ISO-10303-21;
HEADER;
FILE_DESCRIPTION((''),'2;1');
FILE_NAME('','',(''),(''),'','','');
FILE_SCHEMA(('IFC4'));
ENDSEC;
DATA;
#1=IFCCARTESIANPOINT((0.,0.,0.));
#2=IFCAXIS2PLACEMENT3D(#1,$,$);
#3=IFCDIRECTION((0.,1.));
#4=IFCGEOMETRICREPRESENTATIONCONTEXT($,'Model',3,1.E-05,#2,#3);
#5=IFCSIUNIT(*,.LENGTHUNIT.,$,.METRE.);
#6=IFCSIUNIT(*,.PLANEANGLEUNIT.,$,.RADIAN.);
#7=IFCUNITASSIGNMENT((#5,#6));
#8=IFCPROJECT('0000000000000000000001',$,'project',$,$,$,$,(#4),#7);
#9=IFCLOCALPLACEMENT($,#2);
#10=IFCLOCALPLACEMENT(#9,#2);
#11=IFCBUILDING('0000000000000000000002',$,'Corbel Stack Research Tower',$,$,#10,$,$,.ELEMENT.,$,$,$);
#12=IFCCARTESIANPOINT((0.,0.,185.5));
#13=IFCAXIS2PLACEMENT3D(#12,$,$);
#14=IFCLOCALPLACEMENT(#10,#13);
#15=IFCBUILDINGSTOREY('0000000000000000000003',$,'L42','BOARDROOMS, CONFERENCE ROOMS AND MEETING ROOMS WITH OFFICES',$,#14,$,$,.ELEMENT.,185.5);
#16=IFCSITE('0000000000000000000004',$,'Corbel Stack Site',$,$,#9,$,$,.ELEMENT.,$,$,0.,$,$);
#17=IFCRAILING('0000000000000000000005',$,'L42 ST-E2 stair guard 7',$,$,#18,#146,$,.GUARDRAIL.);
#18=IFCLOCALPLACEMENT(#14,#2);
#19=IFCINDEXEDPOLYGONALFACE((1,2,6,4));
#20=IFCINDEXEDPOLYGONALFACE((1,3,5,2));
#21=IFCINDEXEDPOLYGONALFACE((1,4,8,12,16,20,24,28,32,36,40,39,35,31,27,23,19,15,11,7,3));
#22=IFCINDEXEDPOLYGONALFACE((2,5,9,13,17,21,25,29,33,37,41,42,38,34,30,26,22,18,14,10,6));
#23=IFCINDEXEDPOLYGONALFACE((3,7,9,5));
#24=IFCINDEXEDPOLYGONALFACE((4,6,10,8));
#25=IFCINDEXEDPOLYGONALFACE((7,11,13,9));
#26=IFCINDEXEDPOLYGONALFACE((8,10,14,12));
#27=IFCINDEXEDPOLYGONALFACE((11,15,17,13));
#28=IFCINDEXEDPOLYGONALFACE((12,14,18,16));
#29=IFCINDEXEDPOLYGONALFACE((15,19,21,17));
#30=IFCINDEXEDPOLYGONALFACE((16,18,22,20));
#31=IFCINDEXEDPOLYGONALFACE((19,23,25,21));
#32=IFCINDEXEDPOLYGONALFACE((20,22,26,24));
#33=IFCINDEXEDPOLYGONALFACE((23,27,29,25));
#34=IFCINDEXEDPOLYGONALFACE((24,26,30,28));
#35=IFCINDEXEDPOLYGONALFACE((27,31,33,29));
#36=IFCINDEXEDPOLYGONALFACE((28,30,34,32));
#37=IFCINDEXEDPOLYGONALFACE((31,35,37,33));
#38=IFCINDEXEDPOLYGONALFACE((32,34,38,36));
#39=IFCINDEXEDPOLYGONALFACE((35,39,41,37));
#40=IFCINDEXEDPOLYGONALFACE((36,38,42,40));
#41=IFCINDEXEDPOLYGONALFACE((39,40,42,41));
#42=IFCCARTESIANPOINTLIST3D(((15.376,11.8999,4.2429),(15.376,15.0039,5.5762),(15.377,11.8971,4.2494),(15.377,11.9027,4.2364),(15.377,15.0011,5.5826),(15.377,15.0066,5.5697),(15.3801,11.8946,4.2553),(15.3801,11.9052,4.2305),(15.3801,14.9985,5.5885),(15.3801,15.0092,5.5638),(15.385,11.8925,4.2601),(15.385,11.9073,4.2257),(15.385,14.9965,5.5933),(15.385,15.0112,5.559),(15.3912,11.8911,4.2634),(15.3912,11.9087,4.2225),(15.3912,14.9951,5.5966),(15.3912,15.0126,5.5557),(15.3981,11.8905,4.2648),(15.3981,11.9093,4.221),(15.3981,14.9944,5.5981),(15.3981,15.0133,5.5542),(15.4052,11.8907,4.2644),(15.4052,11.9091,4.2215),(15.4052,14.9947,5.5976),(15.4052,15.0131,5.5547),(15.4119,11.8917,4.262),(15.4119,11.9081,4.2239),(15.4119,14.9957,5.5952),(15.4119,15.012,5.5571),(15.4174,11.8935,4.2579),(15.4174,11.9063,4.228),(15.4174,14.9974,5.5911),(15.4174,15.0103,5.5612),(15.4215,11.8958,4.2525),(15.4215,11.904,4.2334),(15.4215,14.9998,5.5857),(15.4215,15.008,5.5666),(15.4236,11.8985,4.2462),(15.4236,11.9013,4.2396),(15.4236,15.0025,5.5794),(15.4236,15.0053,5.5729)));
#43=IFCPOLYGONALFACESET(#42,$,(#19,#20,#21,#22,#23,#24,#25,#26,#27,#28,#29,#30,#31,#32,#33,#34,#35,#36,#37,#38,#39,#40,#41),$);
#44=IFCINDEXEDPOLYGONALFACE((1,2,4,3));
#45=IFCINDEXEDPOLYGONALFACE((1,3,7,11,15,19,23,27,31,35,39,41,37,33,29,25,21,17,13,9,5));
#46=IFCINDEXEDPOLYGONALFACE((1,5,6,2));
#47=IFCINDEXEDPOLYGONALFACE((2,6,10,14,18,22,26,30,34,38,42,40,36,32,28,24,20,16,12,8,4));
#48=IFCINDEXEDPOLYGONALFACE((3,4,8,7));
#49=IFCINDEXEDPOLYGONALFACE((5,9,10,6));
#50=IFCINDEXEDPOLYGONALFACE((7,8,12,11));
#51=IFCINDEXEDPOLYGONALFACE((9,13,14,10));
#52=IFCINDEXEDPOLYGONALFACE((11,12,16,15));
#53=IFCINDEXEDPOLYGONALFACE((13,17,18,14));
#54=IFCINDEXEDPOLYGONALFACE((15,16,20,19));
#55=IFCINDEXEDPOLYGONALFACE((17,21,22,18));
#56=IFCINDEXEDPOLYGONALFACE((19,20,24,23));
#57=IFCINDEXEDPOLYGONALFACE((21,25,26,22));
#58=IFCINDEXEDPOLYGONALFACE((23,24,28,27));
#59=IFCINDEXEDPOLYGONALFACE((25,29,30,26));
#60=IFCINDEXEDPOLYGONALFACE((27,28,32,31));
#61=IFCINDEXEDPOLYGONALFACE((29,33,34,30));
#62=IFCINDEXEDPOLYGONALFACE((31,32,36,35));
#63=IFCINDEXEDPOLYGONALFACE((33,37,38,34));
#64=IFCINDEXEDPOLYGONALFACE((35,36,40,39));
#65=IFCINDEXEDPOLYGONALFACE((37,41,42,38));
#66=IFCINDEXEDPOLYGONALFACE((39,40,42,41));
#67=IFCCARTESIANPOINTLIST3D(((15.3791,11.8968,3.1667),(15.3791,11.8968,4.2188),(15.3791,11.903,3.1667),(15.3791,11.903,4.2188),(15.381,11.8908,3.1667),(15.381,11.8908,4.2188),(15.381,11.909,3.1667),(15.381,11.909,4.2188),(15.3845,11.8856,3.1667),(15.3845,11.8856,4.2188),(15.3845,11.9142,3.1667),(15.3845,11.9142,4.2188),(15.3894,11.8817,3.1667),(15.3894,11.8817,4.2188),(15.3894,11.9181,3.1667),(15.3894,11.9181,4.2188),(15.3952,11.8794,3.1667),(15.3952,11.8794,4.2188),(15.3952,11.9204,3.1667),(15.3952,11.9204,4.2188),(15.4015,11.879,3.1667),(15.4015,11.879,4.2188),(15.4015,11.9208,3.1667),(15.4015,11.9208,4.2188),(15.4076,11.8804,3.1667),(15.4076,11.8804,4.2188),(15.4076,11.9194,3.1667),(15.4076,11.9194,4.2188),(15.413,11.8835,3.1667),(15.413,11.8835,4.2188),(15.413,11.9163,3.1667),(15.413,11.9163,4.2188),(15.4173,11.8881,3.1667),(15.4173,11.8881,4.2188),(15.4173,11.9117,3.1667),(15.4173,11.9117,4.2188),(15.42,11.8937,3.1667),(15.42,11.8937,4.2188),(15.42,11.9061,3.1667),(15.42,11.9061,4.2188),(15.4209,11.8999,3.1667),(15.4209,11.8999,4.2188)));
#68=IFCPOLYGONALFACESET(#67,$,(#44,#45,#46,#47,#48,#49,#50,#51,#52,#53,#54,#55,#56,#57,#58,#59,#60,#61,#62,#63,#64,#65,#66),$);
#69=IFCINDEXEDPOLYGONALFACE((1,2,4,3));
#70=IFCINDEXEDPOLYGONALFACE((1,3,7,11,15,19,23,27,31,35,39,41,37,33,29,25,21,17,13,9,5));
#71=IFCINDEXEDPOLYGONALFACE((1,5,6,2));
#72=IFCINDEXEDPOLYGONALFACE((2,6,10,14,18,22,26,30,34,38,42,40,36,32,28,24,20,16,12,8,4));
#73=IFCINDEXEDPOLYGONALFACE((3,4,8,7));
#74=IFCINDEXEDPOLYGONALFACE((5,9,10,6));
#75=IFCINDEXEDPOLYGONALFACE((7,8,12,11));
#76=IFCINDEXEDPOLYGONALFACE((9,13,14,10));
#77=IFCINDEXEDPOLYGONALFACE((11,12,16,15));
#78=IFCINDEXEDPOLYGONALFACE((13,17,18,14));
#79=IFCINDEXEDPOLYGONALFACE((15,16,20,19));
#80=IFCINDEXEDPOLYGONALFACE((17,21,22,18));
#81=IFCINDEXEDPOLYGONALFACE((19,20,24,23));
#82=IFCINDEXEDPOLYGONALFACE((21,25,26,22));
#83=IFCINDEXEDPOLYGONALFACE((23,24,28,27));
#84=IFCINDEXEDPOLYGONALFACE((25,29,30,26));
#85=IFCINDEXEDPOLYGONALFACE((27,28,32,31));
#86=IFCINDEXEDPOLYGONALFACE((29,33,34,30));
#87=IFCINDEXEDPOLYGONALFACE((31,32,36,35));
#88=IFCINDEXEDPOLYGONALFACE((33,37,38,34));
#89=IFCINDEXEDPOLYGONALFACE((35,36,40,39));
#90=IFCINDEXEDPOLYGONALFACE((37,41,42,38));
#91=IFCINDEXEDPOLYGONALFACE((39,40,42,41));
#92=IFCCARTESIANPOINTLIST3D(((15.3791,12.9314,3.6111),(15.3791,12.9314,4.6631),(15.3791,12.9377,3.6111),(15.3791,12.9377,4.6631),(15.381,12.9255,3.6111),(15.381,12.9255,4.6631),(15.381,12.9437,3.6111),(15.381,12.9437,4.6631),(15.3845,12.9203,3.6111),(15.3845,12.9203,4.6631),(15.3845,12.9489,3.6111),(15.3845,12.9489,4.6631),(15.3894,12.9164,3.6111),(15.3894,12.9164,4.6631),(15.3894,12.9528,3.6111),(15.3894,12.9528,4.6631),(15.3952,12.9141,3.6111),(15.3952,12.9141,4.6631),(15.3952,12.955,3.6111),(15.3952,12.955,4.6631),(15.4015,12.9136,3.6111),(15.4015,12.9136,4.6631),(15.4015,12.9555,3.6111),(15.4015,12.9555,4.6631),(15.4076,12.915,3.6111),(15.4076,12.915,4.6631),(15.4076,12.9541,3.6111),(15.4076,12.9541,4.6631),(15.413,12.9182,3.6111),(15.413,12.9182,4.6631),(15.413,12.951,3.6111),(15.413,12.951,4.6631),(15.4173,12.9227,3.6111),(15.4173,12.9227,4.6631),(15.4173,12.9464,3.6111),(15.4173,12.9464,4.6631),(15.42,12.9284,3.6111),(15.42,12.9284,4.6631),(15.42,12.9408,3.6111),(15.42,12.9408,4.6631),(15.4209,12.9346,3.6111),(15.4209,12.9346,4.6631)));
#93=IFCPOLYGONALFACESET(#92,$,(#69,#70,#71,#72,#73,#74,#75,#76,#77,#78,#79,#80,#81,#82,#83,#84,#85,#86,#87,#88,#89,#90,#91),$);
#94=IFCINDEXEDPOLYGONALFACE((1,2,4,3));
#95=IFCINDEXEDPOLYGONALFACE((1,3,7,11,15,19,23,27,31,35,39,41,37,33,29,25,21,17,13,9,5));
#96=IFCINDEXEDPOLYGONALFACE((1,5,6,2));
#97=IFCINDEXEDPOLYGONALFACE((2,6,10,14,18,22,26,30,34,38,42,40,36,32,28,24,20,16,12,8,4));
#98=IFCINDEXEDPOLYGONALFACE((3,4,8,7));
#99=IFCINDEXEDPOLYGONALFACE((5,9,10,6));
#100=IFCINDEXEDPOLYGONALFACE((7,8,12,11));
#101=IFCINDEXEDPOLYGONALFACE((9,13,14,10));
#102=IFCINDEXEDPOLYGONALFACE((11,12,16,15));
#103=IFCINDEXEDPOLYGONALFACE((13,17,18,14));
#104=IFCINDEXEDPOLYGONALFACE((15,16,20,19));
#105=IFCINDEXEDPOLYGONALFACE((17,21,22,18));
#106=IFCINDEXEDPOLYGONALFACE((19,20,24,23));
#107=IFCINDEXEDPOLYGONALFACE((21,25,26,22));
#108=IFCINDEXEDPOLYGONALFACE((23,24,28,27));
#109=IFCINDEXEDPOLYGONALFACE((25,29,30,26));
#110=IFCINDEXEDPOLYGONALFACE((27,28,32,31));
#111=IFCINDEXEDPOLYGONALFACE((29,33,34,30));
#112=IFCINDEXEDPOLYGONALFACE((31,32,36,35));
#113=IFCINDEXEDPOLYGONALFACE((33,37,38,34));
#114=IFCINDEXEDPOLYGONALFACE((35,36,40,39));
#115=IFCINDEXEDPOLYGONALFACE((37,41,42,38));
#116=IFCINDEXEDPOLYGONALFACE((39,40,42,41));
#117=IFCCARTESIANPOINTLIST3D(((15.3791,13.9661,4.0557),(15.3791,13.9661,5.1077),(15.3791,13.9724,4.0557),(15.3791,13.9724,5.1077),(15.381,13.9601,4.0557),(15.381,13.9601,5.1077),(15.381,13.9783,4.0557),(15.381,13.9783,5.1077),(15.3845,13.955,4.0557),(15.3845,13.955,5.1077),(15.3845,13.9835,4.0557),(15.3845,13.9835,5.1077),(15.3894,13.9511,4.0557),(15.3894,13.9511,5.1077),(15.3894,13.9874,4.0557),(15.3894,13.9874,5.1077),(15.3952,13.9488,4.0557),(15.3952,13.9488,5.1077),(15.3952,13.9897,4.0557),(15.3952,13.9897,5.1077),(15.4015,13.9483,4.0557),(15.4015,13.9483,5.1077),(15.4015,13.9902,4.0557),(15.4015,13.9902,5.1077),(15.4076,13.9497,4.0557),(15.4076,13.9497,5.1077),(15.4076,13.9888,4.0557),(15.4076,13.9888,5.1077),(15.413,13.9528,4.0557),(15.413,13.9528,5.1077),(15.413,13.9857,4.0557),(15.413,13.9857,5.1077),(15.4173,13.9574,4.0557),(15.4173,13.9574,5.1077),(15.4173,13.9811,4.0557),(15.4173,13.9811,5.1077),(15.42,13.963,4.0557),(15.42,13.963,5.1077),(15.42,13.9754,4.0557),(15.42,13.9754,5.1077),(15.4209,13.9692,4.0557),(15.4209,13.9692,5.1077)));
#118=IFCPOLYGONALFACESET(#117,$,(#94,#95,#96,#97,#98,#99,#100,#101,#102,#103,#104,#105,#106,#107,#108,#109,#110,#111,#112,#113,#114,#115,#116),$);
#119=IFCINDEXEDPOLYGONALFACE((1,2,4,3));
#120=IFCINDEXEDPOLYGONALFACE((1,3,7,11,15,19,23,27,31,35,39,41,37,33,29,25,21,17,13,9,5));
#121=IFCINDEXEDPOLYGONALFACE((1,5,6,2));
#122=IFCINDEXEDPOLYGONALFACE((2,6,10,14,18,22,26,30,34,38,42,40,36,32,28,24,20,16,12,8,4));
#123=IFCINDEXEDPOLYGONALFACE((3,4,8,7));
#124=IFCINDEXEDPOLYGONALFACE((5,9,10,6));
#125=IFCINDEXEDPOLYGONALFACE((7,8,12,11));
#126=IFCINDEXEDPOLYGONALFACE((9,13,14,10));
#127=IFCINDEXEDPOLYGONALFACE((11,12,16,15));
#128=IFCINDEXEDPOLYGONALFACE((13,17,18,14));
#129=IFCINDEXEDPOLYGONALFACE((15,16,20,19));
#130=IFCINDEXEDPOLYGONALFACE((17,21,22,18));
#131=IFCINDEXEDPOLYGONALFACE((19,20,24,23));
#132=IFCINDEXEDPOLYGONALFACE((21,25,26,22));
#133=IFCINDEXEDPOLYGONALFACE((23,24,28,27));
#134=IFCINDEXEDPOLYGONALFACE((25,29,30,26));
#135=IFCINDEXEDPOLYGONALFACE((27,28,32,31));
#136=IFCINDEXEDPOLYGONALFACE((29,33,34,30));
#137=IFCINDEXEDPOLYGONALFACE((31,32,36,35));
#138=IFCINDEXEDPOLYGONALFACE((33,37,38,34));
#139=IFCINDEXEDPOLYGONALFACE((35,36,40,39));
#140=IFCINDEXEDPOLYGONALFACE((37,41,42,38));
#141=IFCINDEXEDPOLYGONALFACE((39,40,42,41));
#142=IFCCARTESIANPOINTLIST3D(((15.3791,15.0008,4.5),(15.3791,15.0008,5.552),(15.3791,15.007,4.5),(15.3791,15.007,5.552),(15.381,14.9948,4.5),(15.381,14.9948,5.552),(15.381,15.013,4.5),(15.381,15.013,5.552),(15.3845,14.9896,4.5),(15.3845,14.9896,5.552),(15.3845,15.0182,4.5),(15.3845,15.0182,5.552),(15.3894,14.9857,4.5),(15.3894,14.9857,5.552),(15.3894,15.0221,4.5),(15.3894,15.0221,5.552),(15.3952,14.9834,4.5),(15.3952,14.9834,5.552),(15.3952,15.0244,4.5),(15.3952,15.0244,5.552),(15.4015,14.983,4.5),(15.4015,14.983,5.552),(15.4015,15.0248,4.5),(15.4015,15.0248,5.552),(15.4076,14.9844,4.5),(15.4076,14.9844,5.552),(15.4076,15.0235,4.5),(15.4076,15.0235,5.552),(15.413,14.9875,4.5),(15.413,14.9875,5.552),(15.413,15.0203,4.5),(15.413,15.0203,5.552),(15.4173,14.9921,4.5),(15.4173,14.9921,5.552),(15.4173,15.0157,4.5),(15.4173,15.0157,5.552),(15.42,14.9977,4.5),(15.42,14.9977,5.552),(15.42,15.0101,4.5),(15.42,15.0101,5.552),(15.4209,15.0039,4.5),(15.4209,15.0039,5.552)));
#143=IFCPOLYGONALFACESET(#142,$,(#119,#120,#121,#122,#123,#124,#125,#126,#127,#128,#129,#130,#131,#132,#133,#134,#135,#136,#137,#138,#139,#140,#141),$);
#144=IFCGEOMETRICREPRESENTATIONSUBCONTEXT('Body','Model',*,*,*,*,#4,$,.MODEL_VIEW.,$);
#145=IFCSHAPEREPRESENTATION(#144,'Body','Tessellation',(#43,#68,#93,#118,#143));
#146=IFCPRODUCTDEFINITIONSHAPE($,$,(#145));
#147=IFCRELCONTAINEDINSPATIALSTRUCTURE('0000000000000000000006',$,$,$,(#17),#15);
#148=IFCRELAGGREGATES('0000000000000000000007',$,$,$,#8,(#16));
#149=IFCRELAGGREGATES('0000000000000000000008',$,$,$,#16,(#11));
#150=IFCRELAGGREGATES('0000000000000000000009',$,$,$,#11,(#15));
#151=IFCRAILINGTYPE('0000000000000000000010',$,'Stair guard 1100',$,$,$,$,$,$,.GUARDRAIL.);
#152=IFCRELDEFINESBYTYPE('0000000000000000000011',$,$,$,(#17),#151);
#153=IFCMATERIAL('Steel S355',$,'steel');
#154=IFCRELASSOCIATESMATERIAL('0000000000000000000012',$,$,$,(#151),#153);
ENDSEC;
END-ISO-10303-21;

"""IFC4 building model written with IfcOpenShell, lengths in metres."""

from ifc_helpers import new_model, si_unit, direction, frame, origin, origin_2d, place, context, subcontext, project, spatial, circle, extrude, material, type_object, element, save


model = new_model("IFC4")

# Units and contexts
model_context = context("Model", 3, precision=1e-05, world=origin(), true_north=direction((0.0, 1.0)))
body_context = subcontext(model_context, "Body", "Model", "MODEL_VIEW")
ifc_project = project(units=[si_unit("LENGTHUNIT", "METRE"), si_unit("PLANEANGLEUNIT", "RADIAN")], contexts=[model_context])

# Site, building, storey
site_placement = place(None, origin())
site = spatial("IfcSite", under=ifc_project, at=site_placement, Name="Corbel Stack Site", CompositionType="ELEMENT", RefElevation=0.0)
building_placement = place(site_placement, origin())
building = spatial("IfcBuilding", under=site, at=building_placement, Name="Corbel Stack Research Tower", CompositionType="ELEMENT")
storey_placement = place(building_placement, frame((0.0, 0.0, 185.5)))
storey = spatial("IfcBuildingStorey", under=building, at=storey_placement, Name="L42", Description="BOARDROOMS, CONFERENCE ROOMS AND MEETING ROOMS WITH OFFICES", CompositionType="ELEMENT", Elevation=185.5)

# Railing
ifc_material_1 = material(Name="Steel S355", Category="steel")
railing_type_1 = type_object("IfcRailingType", Name="Stair guard 1100", PredefinedType="GUARDRAIL", material=ifc_material_1)
railing_1_placement = place(storey_placement, frame((15.3999, 11.8999, 3.1667)))
element("IfcRailing", 1, at=railing_1_placement, inside=storey, type_object=railing_type_1, Name="L42 ST-E2 stair guard 7", PredefinedType="GUARDRAIL", context=body_context, shape_type="SweptSolid", body=[
    extrude(circle(Radius=0.0239, at=origin_2d()), frame((0.0, 0.0, 1.0762), z_axis=(0.0, 0.918827, 0.394661), x_axis=(-1.0, 0.0, 0.0)), (0.0, 0.0, 1.0), 3.3782),
    extrude(circle(Radius=0.021, at=origin_2d()), origin(), (0.0, 0.0, 1.0), 1.052),
    extrude(circle(Radius=0.021, at=origin_2d()), frame((0.0, 1.0347, 0.4443)), (0.0, 0.0, 1.0), 1.052),
    extrude(circle(Radius=0.021, at=origin_2d()), frame((0.0, 2.0693, 0.8889)), (0.0, 0.0, 1.0), 1.052),
    extrude(circle(Radius=0.021, at=origin_2d()), frame((0.0, 3.104, 1.3333)), (0.0, 0.0, 1.0), 1.052),
])

save(model, "model.ifc")
